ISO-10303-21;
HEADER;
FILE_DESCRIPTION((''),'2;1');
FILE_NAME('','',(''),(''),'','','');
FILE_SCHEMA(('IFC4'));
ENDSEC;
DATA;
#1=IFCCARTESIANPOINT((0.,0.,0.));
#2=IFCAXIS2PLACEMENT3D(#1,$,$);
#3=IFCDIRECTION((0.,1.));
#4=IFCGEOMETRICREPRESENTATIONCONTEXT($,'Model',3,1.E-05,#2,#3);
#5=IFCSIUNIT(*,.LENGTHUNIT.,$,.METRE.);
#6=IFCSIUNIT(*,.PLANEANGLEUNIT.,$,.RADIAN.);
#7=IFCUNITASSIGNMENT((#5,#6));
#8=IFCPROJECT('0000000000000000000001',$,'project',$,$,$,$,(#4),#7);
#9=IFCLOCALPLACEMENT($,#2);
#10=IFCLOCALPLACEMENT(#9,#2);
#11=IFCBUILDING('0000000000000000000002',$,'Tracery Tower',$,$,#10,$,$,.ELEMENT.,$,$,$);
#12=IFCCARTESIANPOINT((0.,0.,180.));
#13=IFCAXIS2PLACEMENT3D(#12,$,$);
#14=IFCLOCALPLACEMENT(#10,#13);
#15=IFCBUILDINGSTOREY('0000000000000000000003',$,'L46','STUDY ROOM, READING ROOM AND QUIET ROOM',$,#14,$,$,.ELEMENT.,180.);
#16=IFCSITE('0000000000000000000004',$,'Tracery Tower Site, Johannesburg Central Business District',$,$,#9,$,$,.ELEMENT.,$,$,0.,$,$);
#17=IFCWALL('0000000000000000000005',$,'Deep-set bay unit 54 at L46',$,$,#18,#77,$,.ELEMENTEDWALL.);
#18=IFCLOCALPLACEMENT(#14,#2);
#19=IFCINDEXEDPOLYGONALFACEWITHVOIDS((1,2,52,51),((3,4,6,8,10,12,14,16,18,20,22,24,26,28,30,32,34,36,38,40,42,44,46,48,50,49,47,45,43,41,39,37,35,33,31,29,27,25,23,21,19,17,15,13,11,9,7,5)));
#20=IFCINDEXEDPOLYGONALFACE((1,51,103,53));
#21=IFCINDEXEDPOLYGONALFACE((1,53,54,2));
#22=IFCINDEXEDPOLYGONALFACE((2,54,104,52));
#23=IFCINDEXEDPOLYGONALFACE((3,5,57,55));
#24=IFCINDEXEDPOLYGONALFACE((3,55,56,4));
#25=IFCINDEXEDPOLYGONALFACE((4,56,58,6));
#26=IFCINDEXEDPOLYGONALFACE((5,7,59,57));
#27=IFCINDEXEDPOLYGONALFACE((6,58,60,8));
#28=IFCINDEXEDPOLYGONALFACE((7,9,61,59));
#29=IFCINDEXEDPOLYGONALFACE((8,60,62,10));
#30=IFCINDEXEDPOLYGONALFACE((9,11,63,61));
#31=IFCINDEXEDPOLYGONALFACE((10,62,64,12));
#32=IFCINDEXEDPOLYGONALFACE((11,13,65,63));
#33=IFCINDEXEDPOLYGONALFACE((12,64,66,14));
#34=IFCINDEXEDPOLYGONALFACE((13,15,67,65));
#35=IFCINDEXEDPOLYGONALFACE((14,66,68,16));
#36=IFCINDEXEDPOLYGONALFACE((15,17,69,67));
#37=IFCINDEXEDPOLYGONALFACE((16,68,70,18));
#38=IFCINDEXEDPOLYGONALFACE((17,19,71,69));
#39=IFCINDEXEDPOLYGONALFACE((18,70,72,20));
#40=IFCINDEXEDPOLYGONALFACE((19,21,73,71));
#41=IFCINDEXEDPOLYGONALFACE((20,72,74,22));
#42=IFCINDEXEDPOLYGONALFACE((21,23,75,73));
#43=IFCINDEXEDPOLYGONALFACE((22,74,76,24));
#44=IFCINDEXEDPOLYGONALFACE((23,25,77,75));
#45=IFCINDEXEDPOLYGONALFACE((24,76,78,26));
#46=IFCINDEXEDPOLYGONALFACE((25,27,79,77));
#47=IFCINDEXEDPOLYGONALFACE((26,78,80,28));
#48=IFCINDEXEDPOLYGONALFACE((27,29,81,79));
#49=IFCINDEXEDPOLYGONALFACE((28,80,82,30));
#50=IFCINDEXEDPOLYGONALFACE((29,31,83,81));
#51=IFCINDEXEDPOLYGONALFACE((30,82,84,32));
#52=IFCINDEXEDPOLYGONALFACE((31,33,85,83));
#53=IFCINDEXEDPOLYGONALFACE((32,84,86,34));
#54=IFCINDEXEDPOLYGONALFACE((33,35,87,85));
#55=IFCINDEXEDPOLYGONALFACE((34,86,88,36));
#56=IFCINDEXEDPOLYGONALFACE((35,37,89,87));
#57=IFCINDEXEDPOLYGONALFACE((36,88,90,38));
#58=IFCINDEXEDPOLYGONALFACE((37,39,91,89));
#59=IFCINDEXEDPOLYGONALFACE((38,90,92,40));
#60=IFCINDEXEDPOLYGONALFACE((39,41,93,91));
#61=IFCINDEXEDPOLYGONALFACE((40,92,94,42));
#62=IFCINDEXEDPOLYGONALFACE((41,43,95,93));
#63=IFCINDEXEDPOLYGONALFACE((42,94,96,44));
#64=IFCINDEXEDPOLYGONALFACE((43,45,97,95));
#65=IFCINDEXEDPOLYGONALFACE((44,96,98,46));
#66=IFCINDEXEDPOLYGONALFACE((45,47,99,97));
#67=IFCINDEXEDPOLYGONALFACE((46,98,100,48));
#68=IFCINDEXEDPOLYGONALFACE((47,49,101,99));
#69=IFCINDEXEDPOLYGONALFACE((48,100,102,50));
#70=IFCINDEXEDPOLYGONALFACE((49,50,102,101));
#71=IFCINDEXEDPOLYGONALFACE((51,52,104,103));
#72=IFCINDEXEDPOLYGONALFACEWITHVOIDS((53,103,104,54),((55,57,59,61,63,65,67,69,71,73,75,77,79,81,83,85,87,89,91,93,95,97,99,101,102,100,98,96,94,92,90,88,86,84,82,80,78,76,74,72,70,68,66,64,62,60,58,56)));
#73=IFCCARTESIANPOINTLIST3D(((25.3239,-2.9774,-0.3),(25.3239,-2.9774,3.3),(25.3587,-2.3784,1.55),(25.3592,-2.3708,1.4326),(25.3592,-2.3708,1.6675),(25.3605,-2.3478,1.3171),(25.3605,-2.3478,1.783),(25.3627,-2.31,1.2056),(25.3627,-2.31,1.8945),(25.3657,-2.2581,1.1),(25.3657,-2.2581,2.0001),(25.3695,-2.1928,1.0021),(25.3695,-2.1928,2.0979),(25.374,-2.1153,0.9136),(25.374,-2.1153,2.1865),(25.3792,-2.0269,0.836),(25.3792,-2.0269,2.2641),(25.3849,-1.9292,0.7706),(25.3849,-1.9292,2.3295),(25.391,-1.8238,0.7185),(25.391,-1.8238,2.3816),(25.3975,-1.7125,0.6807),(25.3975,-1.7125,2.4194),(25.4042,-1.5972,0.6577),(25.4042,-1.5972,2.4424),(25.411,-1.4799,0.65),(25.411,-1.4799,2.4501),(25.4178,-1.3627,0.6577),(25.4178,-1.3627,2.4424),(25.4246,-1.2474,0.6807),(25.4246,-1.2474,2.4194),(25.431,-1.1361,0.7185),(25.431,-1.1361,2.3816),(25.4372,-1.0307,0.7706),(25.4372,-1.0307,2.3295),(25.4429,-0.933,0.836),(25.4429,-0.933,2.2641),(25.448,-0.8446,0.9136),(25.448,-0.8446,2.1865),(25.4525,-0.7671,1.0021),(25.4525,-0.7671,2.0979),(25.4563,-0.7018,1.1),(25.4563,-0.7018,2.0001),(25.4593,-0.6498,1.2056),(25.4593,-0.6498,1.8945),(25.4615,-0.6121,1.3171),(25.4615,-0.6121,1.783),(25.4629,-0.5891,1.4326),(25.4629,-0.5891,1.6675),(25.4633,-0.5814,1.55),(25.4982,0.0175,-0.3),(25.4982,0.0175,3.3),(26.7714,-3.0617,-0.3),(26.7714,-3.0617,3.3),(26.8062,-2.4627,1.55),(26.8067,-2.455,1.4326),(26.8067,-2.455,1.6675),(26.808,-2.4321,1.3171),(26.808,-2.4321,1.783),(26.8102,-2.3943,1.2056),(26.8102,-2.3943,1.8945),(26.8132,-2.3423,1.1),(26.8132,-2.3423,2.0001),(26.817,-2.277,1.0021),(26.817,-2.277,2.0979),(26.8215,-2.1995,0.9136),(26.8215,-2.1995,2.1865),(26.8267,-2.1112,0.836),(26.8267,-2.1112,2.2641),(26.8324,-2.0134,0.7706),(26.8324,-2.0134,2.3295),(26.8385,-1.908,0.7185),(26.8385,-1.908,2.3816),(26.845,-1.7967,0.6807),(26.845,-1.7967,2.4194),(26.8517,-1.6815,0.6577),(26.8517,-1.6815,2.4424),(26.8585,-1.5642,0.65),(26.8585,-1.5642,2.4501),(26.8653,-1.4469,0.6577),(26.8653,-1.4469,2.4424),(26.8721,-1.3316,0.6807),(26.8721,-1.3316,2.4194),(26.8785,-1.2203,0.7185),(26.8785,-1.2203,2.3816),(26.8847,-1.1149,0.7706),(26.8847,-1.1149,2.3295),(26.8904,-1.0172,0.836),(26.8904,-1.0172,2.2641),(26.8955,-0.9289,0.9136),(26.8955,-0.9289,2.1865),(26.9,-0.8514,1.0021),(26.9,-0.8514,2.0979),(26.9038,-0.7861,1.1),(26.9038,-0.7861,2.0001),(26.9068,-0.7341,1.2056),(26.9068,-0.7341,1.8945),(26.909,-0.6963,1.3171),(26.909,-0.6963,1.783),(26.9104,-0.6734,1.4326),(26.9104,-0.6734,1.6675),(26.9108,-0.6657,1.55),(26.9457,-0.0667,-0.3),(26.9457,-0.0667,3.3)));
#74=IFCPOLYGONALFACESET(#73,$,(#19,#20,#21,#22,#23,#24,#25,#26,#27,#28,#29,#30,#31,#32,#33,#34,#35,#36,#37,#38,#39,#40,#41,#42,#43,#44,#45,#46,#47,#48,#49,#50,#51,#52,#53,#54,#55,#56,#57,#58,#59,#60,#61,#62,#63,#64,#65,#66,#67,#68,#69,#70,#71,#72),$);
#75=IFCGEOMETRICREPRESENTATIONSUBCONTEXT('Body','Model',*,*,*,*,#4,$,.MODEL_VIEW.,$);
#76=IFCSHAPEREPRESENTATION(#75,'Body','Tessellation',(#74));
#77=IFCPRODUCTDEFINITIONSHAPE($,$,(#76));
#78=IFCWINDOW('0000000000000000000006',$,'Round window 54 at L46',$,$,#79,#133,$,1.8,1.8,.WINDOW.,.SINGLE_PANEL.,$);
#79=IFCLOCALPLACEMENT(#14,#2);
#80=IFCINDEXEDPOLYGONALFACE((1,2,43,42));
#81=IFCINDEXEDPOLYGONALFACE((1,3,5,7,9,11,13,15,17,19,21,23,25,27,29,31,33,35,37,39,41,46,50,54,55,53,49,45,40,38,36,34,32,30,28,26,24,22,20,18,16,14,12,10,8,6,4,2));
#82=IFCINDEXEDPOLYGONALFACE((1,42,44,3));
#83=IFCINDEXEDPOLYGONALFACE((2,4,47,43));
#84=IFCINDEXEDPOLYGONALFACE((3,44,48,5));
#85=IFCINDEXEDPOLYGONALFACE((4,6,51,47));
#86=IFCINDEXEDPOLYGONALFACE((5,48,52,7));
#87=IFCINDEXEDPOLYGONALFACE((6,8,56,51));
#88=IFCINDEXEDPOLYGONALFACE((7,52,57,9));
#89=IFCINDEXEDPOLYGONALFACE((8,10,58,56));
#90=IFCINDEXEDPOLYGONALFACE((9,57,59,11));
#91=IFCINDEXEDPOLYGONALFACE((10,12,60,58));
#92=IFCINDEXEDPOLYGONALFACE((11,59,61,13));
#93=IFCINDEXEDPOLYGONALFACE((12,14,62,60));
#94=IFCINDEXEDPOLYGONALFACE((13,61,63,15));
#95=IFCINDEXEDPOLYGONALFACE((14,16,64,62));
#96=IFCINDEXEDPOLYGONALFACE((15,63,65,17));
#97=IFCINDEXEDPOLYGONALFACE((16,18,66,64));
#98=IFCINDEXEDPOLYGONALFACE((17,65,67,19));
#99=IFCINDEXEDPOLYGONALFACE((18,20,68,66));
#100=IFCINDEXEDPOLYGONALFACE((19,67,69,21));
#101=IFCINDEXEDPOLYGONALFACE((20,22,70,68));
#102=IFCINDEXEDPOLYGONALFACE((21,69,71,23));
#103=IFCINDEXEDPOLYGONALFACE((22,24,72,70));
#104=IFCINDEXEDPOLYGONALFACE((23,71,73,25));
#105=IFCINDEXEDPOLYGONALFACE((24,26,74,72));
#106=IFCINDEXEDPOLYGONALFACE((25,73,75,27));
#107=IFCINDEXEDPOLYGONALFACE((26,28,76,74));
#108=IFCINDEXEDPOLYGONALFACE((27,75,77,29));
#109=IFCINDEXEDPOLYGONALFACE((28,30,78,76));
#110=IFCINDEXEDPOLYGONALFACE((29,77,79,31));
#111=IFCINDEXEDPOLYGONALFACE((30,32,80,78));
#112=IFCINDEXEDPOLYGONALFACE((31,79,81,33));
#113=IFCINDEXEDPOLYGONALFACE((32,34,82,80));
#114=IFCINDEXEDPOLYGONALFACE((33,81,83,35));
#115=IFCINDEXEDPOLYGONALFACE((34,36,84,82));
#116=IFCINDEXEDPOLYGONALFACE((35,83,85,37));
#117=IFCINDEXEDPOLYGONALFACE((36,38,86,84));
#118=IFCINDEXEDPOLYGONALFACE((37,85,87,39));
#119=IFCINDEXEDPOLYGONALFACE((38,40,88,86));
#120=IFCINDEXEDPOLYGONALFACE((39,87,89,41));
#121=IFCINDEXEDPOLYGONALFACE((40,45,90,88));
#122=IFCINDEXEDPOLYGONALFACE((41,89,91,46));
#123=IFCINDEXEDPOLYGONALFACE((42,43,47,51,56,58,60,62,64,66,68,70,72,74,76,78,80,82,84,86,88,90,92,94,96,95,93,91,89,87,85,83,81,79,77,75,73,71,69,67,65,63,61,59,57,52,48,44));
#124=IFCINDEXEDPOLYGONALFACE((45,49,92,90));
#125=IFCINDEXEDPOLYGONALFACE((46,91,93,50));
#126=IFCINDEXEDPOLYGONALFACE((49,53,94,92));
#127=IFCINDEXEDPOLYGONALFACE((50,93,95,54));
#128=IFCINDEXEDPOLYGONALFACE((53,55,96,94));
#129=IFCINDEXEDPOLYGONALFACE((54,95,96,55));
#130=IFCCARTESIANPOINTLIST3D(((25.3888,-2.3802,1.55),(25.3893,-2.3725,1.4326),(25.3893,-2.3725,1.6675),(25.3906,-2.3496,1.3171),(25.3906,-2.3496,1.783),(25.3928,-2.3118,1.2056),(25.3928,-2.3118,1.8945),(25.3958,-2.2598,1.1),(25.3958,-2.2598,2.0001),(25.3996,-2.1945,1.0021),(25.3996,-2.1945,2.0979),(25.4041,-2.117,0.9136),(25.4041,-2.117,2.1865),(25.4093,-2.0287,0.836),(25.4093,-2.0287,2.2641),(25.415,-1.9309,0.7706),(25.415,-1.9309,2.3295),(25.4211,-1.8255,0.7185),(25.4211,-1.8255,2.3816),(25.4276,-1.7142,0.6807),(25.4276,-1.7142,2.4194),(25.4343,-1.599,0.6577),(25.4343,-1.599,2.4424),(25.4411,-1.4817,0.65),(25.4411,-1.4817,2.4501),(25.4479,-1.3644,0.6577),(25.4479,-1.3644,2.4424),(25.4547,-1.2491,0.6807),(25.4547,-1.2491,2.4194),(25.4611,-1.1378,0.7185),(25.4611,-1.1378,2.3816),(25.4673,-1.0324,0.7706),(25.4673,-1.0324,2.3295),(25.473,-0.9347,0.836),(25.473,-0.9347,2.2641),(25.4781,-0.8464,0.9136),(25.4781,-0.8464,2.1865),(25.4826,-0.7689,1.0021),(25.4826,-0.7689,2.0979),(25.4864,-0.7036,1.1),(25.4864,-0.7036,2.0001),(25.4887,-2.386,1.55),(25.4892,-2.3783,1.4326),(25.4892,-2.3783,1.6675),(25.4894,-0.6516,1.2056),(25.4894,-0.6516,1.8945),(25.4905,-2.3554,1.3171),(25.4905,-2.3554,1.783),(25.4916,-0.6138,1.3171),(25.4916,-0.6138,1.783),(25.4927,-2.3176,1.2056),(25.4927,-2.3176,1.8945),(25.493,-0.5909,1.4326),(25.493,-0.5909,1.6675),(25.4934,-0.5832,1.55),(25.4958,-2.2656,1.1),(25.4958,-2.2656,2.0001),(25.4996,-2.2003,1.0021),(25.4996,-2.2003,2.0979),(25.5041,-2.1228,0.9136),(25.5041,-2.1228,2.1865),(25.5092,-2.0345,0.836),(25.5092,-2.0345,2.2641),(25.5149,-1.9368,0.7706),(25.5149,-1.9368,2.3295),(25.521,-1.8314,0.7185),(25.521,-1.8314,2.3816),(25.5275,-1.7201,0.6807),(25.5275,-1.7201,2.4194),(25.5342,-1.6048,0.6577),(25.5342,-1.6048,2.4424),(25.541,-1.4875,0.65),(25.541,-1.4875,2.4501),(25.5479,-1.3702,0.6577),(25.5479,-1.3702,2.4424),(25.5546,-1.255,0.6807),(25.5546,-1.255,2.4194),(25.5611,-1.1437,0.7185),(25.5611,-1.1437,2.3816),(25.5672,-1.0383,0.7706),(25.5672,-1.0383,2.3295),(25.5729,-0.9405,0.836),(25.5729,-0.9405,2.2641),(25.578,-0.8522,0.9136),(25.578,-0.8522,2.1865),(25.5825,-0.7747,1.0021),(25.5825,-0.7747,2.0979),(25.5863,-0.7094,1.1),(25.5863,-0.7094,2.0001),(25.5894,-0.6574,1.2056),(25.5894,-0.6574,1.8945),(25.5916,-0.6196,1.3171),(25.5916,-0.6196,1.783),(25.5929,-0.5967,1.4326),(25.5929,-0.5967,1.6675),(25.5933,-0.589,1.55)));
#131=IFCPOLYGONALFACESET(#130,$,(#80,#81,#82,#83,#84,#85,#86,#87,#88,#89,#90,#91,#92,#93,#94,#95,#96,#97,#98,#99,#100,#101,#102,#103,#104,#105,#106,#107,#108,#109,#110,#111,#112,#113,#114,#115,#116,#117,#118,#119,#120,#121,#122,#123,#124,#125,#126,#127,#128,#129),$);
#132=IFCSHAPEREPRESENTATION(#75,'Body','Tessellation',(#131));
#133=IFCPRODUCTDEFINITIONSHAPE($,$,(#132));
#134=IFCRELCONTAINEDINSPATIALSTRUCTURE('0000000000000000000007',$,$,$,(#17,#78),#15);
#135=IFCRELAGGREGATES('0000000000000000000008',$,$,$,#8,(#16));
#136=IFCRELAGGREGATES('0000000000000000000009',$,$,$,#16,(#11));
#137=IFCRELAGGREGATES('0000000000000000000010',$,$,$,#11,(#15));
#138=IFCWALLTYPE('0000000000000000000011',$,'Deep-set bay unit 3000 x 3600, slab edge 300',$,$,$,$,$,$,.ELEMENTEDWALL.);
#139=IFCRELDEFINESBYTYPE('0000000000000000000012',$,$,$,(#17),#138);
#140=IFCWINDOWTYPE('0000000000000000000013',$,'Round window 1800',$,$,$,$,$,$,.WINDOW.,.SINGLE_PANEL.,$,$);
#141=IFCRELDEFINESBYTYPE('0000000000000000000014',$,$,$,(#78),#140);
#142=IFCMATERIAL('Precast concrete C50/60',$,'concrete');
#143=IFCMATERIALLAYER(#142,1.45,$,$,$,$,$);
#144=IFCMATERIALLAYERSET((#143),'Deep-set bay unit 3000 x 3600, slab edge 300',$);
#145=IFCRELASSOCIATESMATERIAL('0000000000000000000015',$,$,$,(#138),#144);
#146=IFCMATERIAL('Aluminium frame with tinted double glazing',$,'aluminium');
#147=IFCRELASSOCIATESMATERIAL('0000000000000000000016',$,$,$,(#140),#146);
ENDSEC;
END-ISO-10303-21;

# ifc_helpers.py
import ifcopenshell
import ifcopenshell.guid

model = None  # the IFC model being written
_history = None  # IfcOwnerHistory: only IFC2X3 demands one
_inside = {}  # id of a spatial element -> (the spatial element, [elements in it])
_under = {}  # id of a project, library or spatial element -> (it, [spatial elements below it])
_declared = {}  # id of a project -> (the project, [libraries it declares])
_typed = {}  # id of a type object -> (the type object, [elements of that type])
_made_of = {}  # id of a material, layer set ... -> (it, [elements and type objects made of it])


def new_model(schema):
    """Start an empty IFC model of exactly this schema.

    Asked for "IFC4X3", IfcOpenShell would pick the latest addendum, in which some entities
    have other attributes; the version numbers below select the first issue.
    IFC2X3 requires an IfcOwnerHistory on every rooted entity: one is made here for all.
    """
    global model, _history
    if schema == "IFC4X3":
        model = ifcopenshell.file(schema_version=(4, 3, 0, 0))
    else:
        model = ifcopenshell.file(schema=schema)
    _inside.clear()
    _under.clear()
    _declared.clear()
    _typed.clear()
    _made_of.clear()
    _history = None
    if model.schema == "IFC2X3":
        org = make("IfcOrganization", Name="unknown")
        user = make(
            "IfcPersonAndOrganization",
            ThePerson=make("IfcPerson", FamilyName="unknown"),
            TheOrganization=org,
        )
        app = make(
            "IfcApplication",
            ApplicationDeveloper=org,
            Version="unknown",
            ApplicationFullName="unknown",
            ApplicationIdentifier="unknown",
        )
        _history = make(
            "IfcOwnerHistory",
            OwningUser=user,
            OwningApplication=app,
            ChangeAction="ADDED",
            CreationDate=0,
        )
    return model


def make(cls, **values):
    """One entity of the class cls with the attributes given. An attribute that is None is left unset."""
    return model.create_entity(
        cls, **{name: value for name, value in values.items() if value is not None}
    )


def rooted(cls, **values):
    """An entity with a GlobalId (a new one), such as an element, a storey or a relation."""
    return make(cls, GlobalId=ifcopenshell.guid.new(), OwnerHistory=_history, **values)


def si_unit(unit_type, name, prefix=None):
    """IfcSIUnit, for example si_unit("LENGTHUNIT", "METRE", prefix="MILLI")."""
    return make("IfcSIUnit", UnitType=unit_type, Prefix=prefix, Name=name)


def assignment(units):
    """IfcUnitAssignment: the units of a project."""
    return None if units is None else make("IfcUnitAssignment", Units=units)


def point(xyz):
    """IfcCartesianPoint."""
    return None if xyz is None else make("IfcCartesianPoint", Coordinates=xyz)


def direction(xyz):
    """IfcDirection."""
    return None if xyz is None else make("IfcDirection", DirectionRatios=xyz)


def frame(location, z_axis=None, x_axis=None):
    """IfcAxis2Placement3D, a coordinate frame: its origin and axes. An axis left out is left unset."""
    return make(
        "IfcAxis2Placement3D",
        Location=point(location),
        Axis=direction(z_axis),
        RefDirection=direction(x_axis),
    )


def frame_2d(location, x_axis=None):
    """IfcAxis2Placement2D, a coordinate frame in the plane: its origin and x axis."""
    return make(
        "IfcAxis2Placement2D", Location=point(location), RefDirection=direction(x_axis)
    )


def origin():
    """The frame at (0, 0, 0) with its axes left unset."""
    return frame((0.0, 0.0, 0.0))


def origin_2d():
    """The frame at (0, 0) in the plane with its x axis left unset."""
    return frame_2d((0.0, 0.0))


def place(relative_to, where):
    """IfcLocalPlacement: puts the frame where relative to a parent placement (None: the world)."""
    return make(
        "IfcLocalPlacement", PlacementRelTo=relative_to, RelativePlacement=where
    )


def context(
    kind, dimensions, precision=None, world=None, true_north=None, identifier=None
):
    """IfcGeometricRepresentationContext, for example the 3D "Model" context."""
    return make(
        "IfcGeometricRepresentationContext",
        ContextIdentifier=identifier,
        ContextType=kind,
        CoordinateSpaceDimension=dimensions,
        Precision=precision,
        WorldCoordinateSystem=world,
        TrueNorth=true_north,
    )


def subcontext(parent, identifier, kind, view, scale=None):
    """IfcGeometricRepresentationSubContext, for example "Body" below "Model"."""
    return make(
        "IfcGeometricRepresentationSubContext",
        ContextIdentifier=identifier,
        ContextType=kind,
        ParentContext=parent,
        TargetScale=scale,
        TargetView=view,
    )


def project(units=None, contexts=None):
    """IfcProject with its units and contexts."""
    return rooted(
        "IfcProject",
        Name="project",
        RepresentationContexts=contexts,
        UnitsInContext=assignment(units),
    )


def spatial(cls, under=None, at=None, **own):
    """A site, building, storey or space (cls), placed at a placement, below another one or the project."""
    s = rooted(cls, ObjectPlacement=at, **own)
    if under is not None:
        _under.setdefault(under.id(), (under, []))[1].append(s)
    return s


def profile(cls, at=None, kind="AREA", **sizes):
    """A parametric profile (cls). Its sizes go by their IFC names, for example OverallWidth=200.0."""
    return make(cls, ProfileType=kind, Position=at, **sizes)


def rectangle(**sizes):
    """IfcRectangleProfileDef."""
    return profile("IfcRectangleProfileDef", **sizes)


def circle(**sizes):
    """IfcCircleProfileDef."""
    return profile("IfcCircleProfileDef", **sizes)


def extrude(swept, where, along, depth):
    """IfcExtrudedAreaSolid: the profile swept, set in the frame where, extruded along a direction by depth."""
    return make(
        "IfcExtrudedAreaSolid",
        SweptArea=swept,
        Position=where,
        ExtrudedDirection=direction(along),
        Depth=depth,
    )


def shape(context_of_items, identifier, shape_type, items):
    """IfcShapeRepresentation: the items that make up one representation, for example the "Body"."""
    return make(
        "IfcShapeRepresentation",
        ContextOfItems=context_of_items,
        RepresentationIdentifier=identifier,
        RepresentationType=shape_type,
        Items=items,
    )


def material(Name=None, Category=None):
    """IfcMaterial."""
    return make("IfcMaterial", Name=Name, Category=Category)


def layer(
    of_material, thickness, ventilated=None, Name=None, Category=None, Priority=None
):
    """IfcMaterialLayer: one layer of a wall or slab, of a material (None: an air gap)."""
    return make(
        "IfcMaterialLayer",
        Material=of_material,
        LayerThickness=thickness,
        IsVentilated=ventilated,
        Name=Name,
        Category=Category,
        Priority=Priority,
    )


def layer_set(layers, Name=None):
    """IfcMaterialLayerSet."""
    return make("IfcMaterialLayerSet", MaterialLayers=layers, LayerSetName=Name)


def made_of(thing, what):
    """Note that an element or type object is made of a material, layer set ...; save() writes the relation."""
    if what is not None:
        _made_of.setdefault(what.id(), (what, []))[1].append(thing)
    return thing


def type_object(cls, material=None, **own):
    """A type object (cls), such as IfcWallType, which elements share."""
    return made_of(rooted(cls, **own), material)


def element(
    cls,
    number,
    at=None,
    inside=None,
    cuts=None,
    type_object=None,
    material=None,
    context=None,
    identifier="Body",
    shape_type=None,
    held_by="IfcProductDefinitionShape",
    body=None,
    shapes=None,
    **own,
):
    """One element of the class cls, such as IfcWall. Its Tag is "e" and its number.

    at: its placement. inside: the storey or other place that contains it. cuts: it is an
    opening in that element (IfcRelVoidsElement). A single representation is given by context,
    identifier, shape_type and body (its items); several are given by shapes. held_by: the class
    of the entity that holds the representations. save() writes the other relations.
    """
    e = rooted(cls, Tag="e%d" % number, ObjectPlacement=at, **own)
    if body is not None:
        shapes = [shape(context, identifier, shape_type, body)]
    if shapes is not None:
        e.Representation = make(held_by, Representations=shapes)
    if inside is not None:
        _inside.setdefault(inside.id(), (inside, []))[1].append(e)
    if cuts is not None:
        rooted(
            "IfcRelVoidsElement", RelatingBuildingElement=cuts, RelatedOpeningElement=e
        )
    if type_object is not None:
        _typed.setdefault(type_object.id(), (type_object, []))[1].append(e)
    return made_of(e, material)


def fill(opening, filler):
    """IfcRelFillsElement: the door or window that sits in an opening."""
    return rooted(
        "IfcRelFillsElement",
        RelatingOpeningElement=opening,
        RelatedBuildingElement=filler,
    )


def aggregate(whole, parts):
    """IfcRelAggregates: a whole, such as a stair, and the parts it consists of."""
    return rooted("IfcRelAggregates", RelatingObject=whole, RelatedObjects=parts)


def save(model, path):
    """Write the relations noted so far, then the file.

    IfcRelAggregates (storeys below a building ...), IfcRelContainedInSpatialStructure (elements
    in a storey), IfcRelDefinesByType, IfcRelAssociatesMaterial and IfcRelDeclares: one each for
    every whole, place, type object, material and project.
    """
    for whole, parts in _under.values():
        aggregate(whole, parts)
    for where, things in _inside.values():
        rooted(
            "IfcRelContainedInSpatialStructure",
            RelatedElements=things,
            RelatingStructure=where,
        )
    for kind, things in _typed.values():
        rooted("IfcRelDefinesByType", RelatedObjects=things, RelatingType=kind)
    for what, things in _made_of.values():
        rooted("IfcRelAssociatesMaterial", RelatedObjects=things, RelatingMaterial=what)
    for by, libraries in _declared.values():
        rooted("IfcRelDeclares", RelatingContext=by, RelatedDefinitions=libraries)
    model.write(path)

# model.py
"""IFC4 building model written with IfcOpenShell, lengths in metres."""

from ifc_helpers import new_model, si_unit, direction, frame, frame_2d, origin, origin_2d, place, context, subcontext, project, spatial, rectangle, circle, extrude, material, layer, layer_set, type_object, element, fill, save


model = new_model("IFC4")

# Units and contexts
model_context = context("Model", 3, precision=1e-05, world=origin(), true_north=direction((0.0, 1.0)))
body_context = subcontext(model_context, "Body", "Model", "MODEL_VIEW")
ifc_project = project(units=[si_unit("LENGTHUNIT", "METRE"), si_unit("PLANEANGLEUNIT", "RADIAN")], contexts=[model_context])

# Site, building, storey
site_placement = place(None, origin())
site = spatial("IfcSite", under=ifc_project, at=site_placement, Name="Tracery Tower Site, Johannesburg Central Business District", CompositionType="ELEMENT", RefElevation=0.0)
building_placement = place(site_placement, origin())
building = spatial("IfcBuilding", under=site, at=building_placement, Name="Tracery Tower", CompositionType="ELEMENT")
storey_placement = place(building_placement, frame((0.0, 0.0, 180.0)))
storey = spatial("IfcBuildingStorey", under=building, at=storey_placement, Name="L46", Description="STUDY ROOM, READING ROOM AND QUIET ROOM", CompositionType="ELEMENT", Elevation=180.0)

# Wall, opening, window
ifc_material_1 = material(Name="Precast concrete C50/60", Category="concrete")
ifc_layer_1 = layer(ifc_material_1, 1.45)
ifc_layer_set_1 = layer_set([ifc_layer_1], Name="Deep-set bay unit 3000 x 3600, slab edge 300")
wall_type_1 = type_object("IfcWallType", Name="Deep-set bay unit 3000 x 3600, slab edge 300", PredefinedType="ELEMENTEDWALL", material=ifc_layer_set_1)
ifc_material_2 = material(Name="Aluminium frame with tinted double glazing", Category="aluminium")
window_type = type_object("IfcWindowType", Name="Round window 1800", PartitioningType="SINGLE_PANEL", PredefinedType="WINDOW", material=ifc_material_2)
wall_1_placement = place(storey_placement, frame((26.0476, -3.0195, -0.3), z_axis=(0.0, 0.0, 1.0), x_axis=(0.058107, 0.99831, 0.0)))
wall_1 = element("IfcWall", 1, at=wall_1_placement, inside=storey, type_object=wall_type_1, Name="Deep-set bay unit 54 at L46", PredefinedType="ELEMENTEDWALL", context=body_context, shape_type="SweptSolid", body=[
    extrude(rectangle(XDim=3.0, YDim=1.45, at=frame_2d((1.5, 0.0))), origin(), (0.0, 0.0, 1.0), 3.6001),
])
opening_1_placement = place(wall_1_placement, frame((1.5, 0.0, 1.8501)))
opening_1 = element("IfcOpeningElement", 2, at=opening_1_placement, cuts=wall_1, PredefinedType="OPENING", context=body_context, shape_type="SweptSolid", body=[
    extrude(circle(Radius=0.9, at=origin_2d()), frame((0.0, 0.7349, 0.0), z_axis=(0.0, -1.0, 0.0), x_axis=(1.0, 0.0, 0.0)), (0.0, 0.0, 1.0), 1.47),
])
window_1_placement = place(opening_1_placement, origin())
window_1 = element("IfcWindow", 3, at=window_1_placement, inside=storey, type_object=window_type, Name="Round window 54 at L46", OverallHeight=1.8, OverallWidth=1.8, PartitioningType="SINGLE_PANEL", PredefinedType="WINDOW", context=body_context, shape_type="SweptSolid", body=[
    extrude(circle(Radius=0.9, at=origin_2d()), frame((0.0, 0.6948, 0.0), z_axis=(0.0, -1.0, 0.0), x_axis=(1.0, 0.0, 0.0)), (0.0, 0.0, 1.0), 0.1001),
])
fill(opening_1, window_1)

save(model, "model.ifc")
